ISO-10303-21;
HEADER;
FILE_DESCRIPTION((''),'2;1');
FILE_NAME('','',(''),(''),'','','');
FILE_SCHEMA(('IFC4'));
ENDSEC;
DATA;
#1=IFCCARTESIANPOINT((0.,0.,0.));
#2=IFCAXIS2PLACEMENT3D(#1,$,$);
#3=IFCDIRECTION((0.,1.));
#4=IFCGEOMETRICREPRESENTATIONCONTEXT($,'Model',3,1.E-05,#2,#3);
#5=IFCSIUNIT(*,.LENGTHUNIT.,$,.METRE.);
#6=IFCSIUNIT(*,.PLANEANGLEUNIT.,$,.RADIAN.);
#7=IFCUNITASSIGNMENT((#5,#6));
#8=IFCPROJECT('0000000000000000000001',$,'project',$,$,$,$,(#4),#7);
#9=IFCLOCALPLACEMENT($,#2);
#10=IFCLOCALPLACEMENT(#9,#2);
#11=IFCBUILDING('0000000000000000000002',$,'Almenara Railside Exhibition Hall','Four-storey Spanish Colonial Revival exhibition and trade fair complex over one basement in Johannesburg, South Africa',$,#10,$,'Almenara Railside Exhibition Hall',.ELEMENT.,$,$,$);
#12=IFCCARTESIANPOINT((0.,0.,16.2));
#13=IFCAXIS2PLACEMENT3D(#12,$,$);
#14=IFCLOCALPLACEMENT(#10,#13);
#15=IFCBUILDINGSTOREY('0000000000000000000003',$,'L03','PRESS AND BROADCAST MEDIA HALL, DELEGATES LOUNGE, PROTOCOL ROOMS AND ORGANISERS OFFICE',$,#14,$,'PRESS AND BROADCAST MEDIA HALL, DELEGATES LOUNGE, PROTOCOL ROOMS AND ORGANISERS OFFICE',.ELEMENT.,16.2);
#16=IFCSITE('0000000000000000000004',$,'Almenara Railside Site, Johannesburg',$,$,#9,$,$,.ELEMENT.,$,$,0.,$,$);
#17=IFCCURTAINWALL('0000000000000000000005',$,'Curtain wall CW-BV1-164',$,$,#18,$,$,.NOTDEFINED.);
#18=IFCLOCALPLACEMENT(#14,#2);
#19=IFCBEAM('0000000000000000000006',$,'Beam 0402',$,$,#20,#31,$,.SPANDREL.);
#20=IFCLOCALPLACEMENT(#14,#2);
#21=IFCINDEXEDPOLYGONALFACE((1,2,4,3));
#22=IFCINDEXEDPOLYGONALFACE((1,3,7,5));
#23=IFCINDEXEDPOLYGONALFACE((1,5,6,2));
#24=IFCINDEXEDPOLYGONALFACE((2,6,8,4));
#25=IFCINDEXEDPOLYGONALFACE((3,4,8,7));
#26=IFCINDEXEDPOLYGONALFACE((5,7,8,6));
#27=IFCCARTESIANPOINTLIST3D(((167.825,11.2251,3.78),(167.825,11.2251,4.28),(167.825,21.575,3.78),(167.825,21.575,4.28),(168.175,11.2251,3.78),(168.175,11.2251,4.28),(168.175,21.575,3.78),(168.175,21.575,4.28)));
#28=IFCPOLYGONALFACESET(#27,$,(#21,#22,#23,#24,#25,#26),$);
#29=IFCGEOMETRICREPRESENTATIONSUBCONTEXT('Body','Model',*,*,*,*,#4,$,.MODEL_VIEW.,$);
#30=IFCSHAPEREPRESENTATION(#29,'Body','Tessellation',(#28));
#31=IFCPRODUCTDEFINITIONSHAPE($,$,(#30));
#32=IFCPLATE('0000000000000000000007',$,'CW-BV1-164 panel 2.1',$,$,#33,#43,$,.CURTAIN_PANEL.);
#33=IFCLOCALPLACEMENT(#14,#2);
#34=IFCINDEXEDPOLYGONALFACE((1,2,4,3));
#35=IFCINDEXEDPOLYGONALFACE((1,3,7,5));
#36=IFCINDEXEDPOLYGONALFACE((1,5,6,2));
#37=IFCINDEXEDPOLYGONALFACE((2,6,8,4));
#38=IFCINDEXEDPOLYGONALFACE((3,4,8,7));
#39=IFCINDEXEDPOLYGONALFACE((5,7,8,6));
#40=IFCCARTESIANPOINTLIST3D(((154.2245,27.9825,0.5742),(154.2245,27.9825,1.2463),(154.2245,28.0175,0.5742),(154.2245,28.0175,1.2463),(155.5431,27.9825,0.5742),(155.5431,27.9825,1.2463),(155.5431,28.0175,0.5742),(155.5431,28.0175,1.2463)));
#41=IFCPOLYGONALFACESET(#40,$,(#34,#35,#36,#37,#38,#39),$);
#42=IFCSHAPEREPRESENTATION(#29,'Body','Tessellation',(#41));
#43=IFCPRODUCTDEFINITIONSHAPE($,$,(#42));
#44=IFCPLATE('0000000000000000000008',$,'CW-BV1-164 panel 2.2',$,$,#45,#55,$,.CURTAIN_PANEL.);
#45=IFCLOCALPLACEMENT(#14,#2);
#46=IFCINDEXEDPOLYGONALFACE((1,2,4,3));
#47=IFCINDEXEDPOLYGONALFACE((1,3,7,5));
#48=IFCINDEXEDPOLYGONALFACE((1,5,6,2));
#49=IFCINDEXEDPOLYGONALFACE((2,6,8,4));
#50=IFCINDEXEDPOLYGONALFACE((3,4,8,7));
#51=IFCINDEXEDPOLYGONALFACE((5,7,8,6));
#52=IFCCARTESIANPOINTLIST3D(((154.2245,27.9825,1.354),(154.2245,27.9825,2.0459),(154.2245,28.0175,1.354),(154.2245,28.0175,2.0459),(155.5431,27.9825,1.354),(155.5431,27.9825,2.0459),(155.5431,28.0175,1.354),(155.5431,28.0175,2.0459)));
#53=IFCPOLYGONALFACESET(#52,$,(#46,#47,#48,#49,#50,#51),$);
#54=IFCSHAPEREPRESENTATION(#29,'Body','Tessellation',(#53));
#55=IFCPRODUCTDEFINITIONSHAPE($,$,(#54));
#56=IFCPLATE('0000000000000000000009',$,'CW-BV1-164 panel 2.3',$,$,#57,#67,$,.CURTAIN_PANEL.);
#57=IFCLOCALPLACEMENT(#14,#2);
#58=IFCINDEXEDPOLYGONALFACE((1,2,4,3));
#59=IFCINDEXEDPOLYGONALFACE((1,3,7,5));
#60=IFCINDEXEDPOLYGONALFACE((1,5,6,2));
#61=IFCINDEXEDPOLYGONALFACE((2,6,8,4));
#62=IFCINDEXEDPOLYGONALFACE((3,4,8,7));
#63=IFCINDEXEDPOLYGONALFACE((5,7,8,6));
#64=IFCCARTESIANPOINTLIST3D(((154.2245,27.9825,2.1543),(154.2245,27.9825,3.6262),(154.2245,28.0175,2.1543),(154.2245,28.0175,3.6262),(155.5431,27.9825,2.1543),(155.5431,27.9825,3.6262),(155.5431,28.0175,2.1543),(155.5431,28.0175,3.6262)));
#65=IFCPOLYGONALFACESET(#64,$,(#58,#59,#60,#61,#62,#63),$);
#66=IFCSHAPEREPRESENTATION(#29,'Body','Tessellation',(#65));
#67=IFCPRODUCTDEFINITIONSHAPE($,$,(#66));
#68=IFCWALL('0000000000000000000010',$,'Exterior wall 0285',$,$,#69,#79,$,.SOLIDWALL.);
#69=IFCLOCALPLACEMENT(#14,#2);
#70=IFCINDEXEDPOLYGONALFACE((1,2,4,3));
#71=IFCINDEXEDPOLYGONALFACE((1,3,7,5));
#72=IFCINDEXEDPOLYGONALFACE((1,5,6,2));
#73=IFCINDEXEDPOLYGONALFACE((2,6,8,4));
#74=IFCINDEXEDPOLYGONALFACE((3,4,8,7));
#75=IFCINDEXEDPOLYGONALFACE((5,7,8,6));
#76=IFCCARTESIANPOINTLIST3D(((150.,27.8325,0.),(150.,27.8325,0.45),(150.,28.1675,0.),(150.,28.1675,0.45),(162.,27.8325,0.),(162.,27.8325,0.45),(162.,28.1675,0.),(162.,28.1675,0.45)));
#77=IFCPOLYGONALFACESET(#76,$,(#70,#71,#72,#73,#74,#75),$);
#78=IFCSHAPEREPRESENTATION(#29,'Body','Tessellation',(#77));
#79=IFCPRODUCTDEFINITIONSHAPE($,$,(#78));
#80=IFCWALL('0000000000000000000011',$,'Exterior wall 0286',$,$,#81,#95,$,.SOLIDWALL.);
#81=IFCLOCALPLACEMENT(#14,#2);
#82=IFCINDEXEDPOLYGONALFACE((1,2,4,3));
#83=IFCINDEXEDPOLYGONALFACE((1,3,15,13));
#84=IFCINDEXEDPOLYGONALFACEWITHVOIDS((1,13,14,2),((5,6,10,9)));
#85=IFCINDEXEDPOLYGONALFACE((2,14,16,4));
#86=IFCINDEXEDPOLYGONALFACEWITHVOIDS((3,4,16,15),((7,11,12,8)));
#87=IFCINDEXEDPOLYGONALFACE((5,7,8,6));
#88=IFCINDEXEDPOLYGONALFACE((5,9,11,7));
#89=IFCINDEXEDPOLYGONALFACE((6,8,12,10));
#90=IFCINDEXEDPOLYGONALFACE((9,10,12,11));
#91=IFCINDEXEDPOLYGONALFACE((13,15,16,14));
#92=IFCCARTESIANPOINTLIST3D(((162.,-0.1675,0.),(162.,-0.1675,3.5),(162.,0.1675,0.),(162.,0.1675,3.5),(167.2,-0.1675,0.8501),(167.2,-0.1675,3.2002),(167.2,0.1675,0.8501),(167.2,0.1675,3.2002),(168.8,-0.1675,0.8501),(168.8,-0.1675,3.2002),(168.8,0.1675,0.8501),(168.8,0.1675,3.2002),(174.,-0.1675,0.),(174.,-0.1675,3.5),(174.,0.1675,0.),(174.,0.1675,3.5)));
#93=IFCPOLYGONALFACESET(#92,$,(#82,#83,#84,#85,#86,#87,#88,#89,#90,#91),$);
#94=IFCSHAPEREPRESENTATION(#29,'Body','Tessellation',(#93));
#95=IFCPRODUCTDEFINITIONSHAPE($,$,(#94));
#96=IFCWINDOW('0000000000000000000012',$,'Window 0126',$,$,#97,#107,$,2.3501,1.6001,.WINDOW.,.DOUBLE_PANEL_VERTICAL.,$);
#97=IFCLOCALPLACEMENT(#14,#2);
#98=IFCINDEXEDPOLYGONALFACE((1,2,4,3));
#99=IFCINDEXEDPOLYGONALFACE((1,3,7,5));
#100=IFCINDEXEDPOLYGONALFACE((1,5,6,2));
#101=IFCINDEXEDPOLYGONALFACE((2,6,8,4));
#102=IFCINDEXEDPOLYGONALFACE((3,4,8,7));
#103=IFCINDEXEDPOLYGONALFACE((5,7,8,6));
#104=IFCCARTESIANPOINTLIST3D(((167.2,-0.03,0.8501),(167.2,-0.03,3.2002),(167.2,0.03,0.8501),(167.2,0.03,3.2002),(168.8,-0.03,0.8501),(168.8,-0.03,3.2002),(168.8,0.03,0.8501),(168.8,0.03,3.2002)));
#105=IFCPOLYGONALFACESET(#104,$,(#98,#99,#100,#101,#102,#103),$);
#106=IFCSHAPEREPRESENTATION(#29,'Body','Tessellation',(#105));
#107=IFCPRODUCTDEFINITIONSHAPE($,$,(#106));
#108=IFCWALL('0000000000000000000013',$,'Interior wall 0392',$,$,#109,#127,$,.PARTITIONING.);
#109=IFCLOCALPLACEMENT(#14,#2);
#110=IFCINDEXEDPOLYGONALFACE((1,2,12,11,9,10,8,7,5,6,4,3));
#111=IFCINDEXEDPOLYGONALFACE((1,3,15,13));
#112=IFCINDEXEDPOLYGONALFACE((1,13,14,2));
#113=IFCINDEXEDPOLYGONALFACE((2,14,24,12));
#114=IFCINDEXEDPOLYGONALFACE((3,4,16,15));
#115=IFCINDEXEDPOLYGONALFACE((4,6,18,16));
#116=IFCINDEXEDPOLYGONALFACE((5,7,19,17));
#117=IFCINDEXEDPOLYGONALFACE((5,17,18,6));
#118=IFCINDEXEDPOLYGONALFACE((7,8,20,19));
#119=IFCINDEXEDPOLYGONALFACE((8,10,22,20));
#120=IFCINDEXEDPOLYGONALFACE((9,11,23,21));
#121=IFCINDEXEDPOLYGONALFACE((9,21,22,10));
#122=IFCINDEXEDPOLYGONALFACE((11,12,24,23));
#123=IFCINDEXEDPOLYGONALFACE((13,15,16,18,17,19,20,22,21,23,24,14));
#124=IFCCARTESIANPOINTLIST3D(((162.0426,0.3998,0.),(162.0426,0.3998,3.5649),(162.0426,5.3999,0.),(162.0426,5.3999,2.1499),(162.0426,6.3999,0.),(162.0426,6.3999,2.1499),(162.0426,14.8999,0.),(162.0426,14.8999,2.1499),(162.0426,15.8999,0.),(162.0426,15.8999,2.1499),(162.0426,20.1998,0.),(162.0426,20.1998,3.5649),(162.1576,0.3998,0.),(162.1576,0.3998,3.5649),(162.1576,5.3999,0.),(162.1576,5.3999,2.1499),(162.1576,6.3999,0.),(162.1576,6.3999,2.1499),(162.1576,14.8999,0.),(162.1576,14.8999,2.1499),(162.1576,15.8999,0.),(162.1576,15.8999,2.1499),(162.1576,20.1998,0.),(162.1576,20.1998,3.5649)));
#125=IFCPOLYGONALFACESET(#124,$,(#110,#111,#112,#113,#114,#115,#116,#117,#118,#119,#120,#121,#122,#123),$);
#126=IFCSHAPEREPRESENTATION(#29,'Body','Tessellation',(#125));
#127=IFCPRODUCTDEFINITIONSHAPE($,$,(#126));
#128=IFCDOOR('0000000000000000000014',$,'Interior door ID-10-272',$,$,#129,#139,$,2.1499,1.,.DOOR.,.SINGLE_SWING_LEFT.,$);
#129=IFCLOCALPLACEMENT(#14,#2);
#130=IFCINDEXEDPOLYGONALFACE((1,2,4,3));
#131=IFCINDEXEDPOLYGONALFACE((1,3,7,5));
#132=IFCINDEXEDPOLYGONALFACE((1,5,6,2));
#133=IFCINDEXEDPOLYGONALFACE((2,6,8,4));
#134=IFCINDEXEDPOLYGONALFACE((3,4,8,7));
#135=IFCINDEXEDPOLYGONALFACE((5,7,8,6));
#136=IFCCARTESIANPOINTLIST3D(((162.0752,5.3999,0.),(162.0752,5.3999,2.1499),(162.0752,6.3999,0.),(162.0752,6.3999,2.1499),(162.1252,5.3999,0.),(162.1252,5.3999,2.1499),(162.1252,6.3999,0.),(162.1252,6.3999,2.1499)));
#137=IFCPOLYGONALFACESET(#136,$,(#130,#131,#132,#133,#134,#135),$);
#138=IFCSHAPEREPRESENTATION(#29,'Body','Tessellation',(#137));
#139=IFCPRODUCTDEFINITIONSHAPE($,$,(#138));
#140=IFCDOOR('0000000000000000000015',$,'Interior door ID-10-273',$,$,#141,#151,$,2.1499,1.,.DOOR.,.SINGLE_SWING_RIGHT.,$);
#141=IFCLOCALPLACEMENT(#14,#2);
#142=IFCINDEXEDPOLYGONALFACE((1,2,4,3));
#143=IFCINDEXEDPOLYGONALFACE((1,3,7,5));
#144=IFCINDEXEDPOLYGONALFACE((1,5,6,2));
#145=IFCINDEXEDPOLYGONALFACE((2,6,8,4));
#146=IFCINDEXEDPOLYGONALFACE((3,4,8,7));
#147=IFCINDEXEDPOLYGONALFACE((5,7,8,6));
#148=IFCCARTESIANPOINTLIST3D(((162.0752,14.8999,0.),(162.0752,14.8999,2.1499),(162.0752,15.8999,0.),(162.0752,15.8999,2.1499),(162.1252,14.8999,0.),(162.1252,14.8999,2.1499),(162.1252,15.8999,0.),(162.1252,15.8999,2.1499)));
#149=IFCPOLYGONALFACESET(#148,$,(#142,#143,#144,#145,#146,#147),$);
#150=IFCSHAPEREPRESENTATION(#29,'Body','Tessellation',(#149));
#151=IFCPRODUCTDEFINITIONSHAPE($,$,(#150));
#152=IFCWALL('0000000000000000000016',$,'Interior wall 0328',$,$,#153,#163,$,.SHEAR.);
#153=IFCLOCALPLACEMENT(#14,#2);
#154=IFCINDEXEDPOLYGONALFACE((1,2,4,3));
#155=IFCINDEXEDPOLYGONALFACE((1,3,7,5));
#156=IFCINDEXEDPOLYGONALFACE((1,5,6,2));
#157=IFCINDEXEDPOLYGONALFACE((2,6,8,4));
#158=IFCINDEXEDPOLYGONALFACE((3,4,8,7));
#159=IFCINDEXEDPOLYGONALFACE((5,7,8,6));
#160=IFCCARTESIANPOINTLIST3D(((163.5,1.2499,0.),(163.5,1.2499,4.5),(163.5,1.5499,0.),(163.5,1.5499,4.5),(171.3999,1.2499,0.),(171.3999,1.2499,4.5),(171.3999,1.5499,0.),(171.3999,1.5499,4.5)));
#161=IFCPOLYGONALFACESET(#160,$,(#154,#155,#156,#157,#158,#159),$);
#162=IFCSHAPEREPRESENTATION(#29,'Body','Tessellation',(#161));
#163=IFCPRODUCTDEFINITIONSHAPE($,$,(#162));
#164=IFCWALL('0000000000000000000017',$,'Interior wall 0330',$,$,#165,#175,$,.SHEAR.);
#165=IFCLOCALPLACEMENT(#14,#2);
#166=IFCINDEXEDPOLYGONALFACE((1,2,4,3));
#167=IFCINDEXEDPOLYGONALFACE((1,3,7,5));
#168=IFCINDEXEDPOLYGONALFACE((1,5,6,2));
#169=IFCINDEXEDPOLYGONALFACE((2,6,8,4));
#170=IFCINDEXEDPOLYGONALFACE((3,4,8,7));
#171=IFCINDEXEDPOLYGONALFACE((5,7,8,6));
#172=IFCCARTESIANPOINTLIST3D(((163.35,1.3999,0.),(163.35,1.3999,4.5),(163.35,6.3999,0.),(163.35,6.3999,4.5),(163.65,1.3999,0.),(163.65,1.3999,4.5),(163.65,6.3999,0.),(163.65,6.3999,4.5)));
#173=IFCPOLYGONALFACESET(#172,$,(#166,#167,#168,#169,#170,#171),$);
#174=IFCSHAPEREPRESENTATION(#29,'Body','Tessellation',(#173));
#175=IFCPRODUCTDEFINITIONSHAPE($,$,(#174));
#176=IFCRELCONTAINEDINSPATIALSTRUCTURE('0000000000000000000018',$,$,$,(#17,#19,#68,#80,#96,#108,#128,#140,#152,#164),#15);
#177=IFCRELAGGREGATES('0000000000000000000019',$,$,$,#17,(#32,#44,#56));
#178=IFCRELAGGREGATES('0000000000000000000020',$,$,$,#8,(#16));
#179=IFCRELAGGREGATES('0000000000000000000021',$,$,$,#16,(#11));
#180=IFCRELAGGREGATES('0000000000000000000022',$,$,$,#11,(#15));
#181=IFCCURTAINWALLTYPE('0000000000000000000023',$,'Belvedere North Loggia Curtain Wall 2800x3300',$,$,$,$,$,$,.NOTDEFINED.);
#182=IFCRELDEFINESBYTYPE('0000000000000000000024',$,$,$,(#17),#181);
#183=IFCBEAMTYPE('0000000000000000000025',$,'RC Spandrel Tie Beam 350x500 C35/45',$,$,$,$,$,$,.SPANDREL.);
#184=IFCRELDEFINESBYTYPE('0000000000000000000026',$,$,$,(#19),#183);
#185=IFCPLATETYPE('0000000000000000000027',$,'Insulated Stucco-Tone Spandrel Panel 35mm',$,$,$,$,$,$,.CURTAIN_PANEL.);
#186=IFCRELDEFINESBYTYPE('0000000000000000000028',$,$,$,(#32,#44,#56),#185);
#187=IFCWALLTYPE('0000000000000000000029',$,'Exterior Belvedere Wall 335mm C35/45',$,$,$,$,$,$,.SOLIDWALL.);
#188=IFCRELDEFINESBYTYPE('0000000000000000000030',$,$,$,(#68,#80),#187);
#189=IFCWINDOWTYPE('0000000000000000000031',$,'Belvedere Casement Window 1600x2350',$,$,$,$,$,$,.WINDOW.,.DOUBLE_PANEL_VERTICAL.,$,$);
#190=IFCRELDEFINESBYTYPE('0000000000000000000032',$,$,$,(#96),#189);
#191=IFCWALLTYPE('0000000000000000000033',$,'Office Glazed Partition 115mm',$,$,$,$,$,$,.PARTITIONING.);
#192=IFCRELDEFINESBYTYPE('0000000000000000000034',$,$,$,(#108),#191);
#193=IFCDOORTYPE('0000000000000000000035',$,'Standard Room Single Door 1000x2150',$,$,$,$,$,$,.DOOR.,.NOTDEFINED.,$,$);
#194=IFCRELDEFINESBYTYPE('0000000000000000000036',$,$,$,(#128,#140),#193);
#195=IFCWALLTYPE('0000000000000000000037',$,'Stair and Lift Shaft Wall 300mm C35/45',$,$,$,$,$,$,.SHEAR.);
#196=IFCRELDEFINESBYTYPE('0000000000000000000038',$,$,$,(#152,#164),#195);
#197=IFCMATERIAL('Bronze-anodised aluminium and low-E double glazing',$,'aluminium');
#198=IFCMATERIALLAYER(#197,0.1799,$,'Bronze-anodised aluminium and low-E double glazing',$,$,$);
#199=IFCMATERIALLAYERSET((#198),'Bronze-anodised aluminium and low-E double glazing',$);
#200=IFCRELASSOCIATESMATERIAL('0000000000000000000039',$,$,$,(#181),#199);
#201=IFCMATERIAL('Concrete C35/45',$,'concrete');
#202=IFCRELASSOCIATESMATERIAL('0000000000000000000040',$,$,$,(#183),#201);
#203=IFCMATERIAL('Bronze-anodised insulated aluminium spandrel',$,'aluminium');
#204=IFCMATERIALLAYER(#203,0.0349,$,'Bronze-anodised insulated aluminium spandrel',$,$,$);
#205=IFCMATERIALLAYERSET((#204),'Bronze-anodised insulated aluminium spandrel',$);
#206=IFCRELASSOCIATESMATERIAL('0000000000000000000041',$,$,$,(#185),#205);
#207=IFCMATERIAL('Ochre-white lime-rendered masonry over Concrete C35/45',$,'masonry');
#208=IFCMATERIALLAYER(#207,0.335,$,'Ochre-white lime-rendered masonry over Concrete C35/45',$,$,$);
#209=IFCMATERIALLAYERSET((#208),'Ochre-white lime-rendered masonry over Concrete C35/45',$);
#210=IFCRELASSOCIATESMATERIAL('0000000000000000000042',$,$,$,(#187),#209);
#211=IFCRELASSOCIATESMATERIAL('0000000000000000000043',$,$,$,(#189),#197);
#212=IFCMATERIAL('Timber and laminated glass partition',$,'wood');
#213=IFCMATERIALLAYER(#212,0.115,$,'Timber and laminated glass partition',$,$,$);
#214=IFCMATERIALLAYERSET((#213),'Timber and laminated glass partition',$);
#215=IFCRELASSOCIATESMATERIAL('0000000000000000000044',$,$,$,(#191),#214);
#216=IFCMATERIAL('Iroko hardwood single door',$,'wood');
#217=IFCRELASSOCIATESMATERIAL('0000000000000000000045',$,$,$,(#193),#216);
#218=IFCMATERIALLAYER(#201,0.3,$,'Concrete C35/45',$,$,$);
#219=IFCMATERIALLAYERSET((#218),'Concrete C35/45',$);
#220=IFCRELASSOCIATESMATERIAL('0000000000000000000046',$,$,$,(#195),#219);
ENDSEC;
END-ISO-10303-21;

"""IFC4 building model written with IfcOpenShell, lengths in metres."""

from ifc_helpers import new_model, si_unit, direction, frame, frame_2d, origin, origin_2d, place, context, subcontext, project, spatial, rectangle, extrude, material, layer, layer_set, material_profile, profile_set, type_object, element, fill, aggregate, save


model = new_model("IFC4")

# Units and contexts
model_context = context("Model", 3, precision=1e-05, world=origin(), true_north=direction((0.0, 1.0)))
body_context = subcontext(model_context, "Body", "Model", "MODEL_VIEW")
ifc_project = project(units=[si_unit("LENGTHUNIT", "METRE"), si_unit("PLANEANGLEUNIT", "RADIAN")], contexts=[model_context])

# Site, building, storey
site_placement = place(None, origin())
site = spatial("IfcSite", under=ifc_project, at=site_placement, Name="Almenara Railside Site, Johannesburg", CompositionType="ELEMENT", RefElevation=0.0)
building_placement = place(site_placement, origin())
building = spatial("IfcBuilding", under=site, at=building_placement, Name="Almenara Railside Exhibition Hall", Description="Four-storey Spanish Colonial Revival exhibition and trade fair complex over one basement in Johannesburg, South Africa", LongName="Almenara Railside Exhibition Hall", CompositionType="ELEMENT")
storey_placement = place(building_placement, frame((0.0, 0.0, 16.2)))
storey = spatial("IfcBuildingStorey", under=building, at=storey_placement, Name="L03", Description="PRESS AND BROADCAST MEDIA HALL, DELEGATES LOUNGE, PROTOCOL ROOMS AND ORGANISERS OFFICE", LongName="PRESS AND BROADCAST MEDIA HALL, DELEGATES LOUNGE, PROTOCOL ROOMS AND ORGANISERS OFFICE", CompositionType="ELEMENT", Elevation=16.2)

# Shared definitions
ifc_material_1 = material(Name="Concrete C35/45", Category="concrete")

# Curtain wall
ifc_material_2 = material(Name="Bronze-anodised aluminium and low-E double glazing", Category="aluminium")
ifc_layer_1 = layer(ifc_material_2, 0.1799, Name="Bronze-anodised aluminium and low-E double glazing")
ifc_layer_set_1 = layer_set([ifc_layer_1], Name="Bronze-anodised aluminium and low-E double glazing")
curtain_wall_type = type_object("IfcCurtainWallType", Name="Belvedere North Loggia Curtain Wall 2800x3300", PredefinedType="NOTDEFINED", material=ifc_layer_set_1)
curtain_wall_placement = place(storey_placement, origin())
curtain_wall = element("IfcCurtainWall", 1, at=curtain_wall_placement, inside=storey, type_object=curtain_wall_type, Name="Curtain wall CW-BV1-164", PredefinedType="NOTDEFINED")

# Beam
ifc_material_profile_1 = material_profile(ifc_material_1, rectangle(XDim=0.3501, YDim=0.5, at=origin_2d()), Name="RC 350x500")
ifc_profile_set_1 = profile_set([ifc_material_profile_1], Name="Concrete C35/45")
beam_type_1 = type_object("IfcBeamType", Name="RC Spandrel Tie Beam 350x500 C35/45", PredefinedType="SPANDREL", material=ifc_profile_set_1)
beam_1_placement = place(storey_placement, frame((168.0, 11.2251, 4.03), z_axis=(0.0, 1.0, 0.0), x_axis=(-1.0, 0.0, 0.0)))
element("IfcBeam", 2, at=beam_1_placement, inside=storey, type_object=beam_type_1, Name="Beam 0402", PredefinedType="SPANDREL", context=body_context, shape_type="SweptSolid", body=[
    extrude(rectangle(XDim=0.3501, YDim=0.5, at=origin_2d()), origin(), (0.0, 0.0, 1.0), 10.3499),
])

# Plates
ifc_material_3 = material(Name="Bronze-anodised insulated aluminium spandrel", Category="aluminium")
ifc_layer_2 = layer(ifc_material_3, 0.0349, Name="Bronze-anodised insulated aluminium spandrel")
ifc_layer_set_2 = layer_set([ifc_layer_2], Name="Bronze-anodised insulated aluminium spandrel")
plate_type = type_object("IfcPlateType", Name="Insulated Stucco-Tone Spandrel Panel 35mm", PredefinedType="CURTAIN_PANEL", material=ifc_layer_set_2)
plate_1_placement = place(storey_placement, frame((154.8838, 28.0, 0.5742), z_axis=(0.0, 0.0, 1.0), x_axis=(1.0, 0.0, 0.0)))
plate_1 = element("IfcPlate", 3, at=plate_1_placement, type_object=plate_type, Name="CW-BV1-164 panel 2.1", PredefinedType="CURTAIN_PANEL", context=body_context, shape_type="SweptSolid", body=[
    extrude(rectangle(XDim=1.3186, YDim=0.0349, at=origin_2d()), origin(), (0.0, 0.0, 1.0), 0.6721),
])
plate_2_placement = place(storey_placement, frame((154.8838, 28.0, 1.354), z_axis=(0.0, 0.0, 1.0), x_axis=(1.0, 0.0, 0.0)))
plate_2 = element("IfcPlate", 4, at=plate_2_placement, type_object=plate_type, Name="CW-BV1-164 panel 2.2", PredefinedType="CURTAIN_PANEL", context=body_context, shape_type="SweptSolid", body=[
    extrude(rectangle(XDim=1.3186, YDim=0.0349, at=origin_2d()), origin(), (0.0, 0.0, 1.0), 0.6919),
])
plate_3_placement = place(storey_placement, frame((154.8838, 28.0, 2.1543), z_axis=(0.0, 0.0, 1.0), x_axis=(1.0, 0.0, 0.0)))
plate_3 = element("IfcPlate", 5, at=plate_3_placement, type_object=plate_type, Name="CW-BV1-164 panel 2.3", PredefinedType="CURTAIN_PANEL", context=body_context, shape_type="SweptSolid", body=[
    extrude(rectangle(XDim=1.3186, YDim=0.0349, at=origin_2d()), origin(), (0.0, 0.0, 1.0), 1.4719),
])
aggregate(curtain_wall, [plate_1, plate_2, plate_3])

# Wall
ifc_material_4 = material(Name="Ochre-white lime-rendered masonry over Concrete C35/45", Category="masonry")
ifc_layer_3 = layer(ifc_material_4, 0.335, Name="Ochre-white lime-rendered masonry over Concrete C35/45")
ifc_layer_set_3 = layer_set([ifc_layer_3], Name="Ochre-white lime-rendered masonry over Concrete C35/45")
wall_type_1 = type_object("IfcWallType", Name="Exterior Belvedere Wall 335mm C35/45", PredefinedType="SOLIDWALL", material=ifc_layer_set_3)
wall_1_placement = place(storey_placement, frame((162.0, 28.0, 0.0), z_axis=(0.0, 0.0, 1.0), x_axis=(-1.0, 0.0, 0.0)))
element("IfcWall", 6, at=wall_1_placement, inside=storey, type_object=wall_type_1, Name="Exterior wall 0285", PredefinedType="SOLIDWALL", context=body_context, shape_type="SweptSolid", body=[
    extrude(rectangle(XDim=12.0, YDim=0.335, at=frame_2d((6.0, 0.0))), origin(), (0.0, 0.0, 1.0), 0.45),
])

# Wall, opening, window
wall_2_placement = place(storey_placement, frame((162.0, 0.0, 0.0), z_axis=(0.0, 0.0, 1.0), x_axis=(1.0, 0.0, 0.0)))
wall_2 = element("IfcWall", 7, at=wall_2_placement, inside=storey, type_object=wall_type_1, Name="Exterior wall 0286", PredefinedType="SOLIDWALL", context=body_context, shape_type="SweptSolid", body=[
    extrude(rectangle(XDim=12.0, YDim=0.335, at=frame_2d((6.0, 0.0))), origin(), (0.0, 0.0, 1.0), 3.5),
])
opening_1_placement = place(wall_2_placement, frame((5.2, 0.0, 0.8501)))
opening_1 = element("IfcOpeningElement", 8, at=opening_1_placement, cuts=wall_2, PredefinedType="OPENING", context=body_context, shape_type="SweptSolid", body=[
    extrude(rectangle(XDim=1.6001, YDim=2.3501, at=frame_2d((0.8, 1.175))), frame((0.0, 0.1775, 0.0), z_axis=(0.0, -1.0, 0.0), x_axis=(1.0, 0.0, 0.0)), (0.0, 0.0, 1.0), 0.355),
])
window_type = type_object("IfcWindowType", Name="Belvedere Casement Window 1600x2350", PartitioningType="DOUBLE_PANEL_VERTICAL", PredefinedType="WINDOW", material=ifc_material_2)
window_placement = place(opening_1_placement, origin())
window = element("IfcWindow", 9, at=window_placement, inside=storey, type_object=window_type, Name="Window 0126", OverallHeight=2.3501, OverallWidth=1.6001, PartitioningType="DOUBLE_PANEL_VERTICAL", PredefinedType="WINDOW", context=body_context, shape_type="SweptSolid", body=[
    extrude(rectangle(XDim=1.6001, YDim=2.3501, at=frame_2d((0.8, 1.175))), frame((0.0, 0.03, 0.0), z_axis=(0.0, -1.0, 0.0), x_axis=(1.0, 0.0, 0.0)), (0.0, 0.0, 1.0), 0.0601),
])
fill(opening_1, window)

# Wall, openings, doors
ifc_material_5 = material(Name="Timber and laminated glass partition", Category="wood")
ifc_layer_4 = layer(ifc_material_5, 0.115, Name="Timber and laminated glass partition")
ifc_layer_set_4 = layer_set([ifc_layer_4], Name="Timber and laminated glass partition")
wall_type_2 = type_object("IfcWallType", Name="Office Glazed Partition 115mm", PredefinedType="PARTITIONING", material=ifc_layer_set_4)
wall_3_placement = place(storey_placement, frame((162.1001, 0.3999, 0.0), z_axis=(0.0, 0.0, 1.0), x_axis=(0.0, 1.0, 0.0)))
wall_3 = element("IfcWall", 10, at=wall_3_placement, inside=storey, type_object=wall_type_2, Name="Interior wall 0392", PredefinedType="PARTITIONING", context=body_context, shape_type="SweptSolid", body=[
    extrude(rectangle(XDim=19.8, YDim=0.115, at=frame_2d((9.8999, 0.0))), origin(), (0.0, 0.0, 1.0), 3.5649),
])
opening_2_placement = place(wall_3_placement, frame((5.0, 0.0, 0.0)))
opening_2 = element("IfcOpeningElement", 11, at=opening_2_placement, cuts=wall_3, PredefinedType="OPENING", context=body_context, shape_type="SweptSolid", body=[
    extrude(rectangle(XDim=1.0, YDim=2.1499, at=frame_2d((0.5, 1.075))), frame((0.0, 0.0674, 0.0), z_axis=(0.0, -1.0, 0.0), x_axis=(1.0, 0.0, 0.0)), (0.0, 0.0, 1.0), 0.135),
])
opening_3_placement = place(wall_3_placement, frame((14.5, 0.0, 0.0)))
opening_3 = element("IfcOpeningElement", 12, at=opening_3_placement, cuts=wall_3, PredefinedType="OPENING", context=body_context, shape_type="SweptSolid", body=[
    extrude(rectangle(XDim=1.0, YDim=2.1499, at=frame_2d((0.5, 1.075))), frame((0.0, 0.0674, 0.0), z_axis=(0.0, -1.0, 0.0), x_axis=(1.0, 0.0, 0.0)), (0.0, 0.0, 1.0), 0.135),
])
ifc_material_6 = material(Name="Iroko hardwood single door", Category="wood")
door_type = type_object("IfcDoorType", Name="Standard Room Single Door 1000x2150", OperationType="NOTDEFINED", PredefinedType="DOOR", material=ifc_material_6)
door_1_placement = place(opening_2_placement, origin())
door_1 = element("IfcDoor", 13, at=door_1_placement, inside=storey, type_object=door_type, Name="Interior door ID-10-272", OperationType="SINGLE_SWING_LEFT", OverallHeight=2.1499, OverallWidth=1.0, PredefinedType="DOOR", context=body_context, shape_type="SweptSolid", body=[
    extrude(rectangle(XDim=1.0, YDim=2.1499, at=frame_2d((0.5, 1.075))), frame((0.0, 0.0249, 0.0), z_axis=(0.0, -1.0, 0.0), x_axis=(1.0, 0.0, 0.0)), (0.0, 0.0, 1.0), 0.05),
])
fill(opening_2, door_1)
door_2_placement = place(opening_3_placement, origin())
door_2 = element("IfcDoor", 14, at=door_2_placement, inside=storey, type_object=door_type, Name="Interior door ID-10-273", OperationType="SINGLE_SWING_RIGHT", OverallHeight=2.1499, OverallWidth=1.0, PredefinedType="DOOR", context=body_context, shape_type="SweptSolid", body=[
    extrude(rectangle(XDim=1.0, YDim=2.1499, at=frame_2d((0.5, 1.075))), frame((0.0, 0.0249, 0.0), z_axis=(0.0, -1.0, 0.0), x_axis=(1.0, 0.0, 0.0)), (0.0, 0.0, 1.0), 0.05),
])
fill(opening_3, door_2)

# Walls
ifc_layer_5 = layer(ifc_material_1, 0.3, Name="Concrete C35/45")
ifc_layer_set_5 = layer_set([ifc_layer_5], Name="Concrete C35/45")
wall_type_3 = type_object("IfcWallType", Name="Stair and Lift Shaft Wall 300mm C35/45", PredefinedType="SHEAR", material=ifc_layer_set_5)
wall_4_placement = place(storey_placement, frame((163.5, 1.3999, 0.0), z_axis=(0.0, 0.0, 1.0), x_axis=(1.0, 0.0, 0.0)))
element("IfcWall", 15, at=wall_4_placement, inside=storey, type_object=wall_type_3, Name="Interior wall 0328", PredefinedType="SHEAR", context=body_context, shape_type="SweptSolid", body=[
    extrude(rectangle(XDim=7.8999, YDim=0.3, at=frame_2d((3.95, 0.0))), origin(), (0.0, 0.0, 1.0), 4.5),
])
wall_5_placement = place(storey_placement, frame((163.5, 6.3999, 0.0), z_axis=(0.0, 0.0, 1.0), x_axis=(0.0, -1.0, 0.0)))
element("IfcWall", 16, at=wall_5_placement, inside=storey, type_object=wall_type_3, Name="Interior wall 0330", PredefinedType="SHEAR", context=body_context, shape_type="SweptSolid", body=[
    extrude(rectangle(XDim=5.0, YDim=0.3, at=frame_2d((2.5, 0.0))), origin(), (0.0, 0.0, 1.0), 4.5),
])

save(model, "model.ifc")
